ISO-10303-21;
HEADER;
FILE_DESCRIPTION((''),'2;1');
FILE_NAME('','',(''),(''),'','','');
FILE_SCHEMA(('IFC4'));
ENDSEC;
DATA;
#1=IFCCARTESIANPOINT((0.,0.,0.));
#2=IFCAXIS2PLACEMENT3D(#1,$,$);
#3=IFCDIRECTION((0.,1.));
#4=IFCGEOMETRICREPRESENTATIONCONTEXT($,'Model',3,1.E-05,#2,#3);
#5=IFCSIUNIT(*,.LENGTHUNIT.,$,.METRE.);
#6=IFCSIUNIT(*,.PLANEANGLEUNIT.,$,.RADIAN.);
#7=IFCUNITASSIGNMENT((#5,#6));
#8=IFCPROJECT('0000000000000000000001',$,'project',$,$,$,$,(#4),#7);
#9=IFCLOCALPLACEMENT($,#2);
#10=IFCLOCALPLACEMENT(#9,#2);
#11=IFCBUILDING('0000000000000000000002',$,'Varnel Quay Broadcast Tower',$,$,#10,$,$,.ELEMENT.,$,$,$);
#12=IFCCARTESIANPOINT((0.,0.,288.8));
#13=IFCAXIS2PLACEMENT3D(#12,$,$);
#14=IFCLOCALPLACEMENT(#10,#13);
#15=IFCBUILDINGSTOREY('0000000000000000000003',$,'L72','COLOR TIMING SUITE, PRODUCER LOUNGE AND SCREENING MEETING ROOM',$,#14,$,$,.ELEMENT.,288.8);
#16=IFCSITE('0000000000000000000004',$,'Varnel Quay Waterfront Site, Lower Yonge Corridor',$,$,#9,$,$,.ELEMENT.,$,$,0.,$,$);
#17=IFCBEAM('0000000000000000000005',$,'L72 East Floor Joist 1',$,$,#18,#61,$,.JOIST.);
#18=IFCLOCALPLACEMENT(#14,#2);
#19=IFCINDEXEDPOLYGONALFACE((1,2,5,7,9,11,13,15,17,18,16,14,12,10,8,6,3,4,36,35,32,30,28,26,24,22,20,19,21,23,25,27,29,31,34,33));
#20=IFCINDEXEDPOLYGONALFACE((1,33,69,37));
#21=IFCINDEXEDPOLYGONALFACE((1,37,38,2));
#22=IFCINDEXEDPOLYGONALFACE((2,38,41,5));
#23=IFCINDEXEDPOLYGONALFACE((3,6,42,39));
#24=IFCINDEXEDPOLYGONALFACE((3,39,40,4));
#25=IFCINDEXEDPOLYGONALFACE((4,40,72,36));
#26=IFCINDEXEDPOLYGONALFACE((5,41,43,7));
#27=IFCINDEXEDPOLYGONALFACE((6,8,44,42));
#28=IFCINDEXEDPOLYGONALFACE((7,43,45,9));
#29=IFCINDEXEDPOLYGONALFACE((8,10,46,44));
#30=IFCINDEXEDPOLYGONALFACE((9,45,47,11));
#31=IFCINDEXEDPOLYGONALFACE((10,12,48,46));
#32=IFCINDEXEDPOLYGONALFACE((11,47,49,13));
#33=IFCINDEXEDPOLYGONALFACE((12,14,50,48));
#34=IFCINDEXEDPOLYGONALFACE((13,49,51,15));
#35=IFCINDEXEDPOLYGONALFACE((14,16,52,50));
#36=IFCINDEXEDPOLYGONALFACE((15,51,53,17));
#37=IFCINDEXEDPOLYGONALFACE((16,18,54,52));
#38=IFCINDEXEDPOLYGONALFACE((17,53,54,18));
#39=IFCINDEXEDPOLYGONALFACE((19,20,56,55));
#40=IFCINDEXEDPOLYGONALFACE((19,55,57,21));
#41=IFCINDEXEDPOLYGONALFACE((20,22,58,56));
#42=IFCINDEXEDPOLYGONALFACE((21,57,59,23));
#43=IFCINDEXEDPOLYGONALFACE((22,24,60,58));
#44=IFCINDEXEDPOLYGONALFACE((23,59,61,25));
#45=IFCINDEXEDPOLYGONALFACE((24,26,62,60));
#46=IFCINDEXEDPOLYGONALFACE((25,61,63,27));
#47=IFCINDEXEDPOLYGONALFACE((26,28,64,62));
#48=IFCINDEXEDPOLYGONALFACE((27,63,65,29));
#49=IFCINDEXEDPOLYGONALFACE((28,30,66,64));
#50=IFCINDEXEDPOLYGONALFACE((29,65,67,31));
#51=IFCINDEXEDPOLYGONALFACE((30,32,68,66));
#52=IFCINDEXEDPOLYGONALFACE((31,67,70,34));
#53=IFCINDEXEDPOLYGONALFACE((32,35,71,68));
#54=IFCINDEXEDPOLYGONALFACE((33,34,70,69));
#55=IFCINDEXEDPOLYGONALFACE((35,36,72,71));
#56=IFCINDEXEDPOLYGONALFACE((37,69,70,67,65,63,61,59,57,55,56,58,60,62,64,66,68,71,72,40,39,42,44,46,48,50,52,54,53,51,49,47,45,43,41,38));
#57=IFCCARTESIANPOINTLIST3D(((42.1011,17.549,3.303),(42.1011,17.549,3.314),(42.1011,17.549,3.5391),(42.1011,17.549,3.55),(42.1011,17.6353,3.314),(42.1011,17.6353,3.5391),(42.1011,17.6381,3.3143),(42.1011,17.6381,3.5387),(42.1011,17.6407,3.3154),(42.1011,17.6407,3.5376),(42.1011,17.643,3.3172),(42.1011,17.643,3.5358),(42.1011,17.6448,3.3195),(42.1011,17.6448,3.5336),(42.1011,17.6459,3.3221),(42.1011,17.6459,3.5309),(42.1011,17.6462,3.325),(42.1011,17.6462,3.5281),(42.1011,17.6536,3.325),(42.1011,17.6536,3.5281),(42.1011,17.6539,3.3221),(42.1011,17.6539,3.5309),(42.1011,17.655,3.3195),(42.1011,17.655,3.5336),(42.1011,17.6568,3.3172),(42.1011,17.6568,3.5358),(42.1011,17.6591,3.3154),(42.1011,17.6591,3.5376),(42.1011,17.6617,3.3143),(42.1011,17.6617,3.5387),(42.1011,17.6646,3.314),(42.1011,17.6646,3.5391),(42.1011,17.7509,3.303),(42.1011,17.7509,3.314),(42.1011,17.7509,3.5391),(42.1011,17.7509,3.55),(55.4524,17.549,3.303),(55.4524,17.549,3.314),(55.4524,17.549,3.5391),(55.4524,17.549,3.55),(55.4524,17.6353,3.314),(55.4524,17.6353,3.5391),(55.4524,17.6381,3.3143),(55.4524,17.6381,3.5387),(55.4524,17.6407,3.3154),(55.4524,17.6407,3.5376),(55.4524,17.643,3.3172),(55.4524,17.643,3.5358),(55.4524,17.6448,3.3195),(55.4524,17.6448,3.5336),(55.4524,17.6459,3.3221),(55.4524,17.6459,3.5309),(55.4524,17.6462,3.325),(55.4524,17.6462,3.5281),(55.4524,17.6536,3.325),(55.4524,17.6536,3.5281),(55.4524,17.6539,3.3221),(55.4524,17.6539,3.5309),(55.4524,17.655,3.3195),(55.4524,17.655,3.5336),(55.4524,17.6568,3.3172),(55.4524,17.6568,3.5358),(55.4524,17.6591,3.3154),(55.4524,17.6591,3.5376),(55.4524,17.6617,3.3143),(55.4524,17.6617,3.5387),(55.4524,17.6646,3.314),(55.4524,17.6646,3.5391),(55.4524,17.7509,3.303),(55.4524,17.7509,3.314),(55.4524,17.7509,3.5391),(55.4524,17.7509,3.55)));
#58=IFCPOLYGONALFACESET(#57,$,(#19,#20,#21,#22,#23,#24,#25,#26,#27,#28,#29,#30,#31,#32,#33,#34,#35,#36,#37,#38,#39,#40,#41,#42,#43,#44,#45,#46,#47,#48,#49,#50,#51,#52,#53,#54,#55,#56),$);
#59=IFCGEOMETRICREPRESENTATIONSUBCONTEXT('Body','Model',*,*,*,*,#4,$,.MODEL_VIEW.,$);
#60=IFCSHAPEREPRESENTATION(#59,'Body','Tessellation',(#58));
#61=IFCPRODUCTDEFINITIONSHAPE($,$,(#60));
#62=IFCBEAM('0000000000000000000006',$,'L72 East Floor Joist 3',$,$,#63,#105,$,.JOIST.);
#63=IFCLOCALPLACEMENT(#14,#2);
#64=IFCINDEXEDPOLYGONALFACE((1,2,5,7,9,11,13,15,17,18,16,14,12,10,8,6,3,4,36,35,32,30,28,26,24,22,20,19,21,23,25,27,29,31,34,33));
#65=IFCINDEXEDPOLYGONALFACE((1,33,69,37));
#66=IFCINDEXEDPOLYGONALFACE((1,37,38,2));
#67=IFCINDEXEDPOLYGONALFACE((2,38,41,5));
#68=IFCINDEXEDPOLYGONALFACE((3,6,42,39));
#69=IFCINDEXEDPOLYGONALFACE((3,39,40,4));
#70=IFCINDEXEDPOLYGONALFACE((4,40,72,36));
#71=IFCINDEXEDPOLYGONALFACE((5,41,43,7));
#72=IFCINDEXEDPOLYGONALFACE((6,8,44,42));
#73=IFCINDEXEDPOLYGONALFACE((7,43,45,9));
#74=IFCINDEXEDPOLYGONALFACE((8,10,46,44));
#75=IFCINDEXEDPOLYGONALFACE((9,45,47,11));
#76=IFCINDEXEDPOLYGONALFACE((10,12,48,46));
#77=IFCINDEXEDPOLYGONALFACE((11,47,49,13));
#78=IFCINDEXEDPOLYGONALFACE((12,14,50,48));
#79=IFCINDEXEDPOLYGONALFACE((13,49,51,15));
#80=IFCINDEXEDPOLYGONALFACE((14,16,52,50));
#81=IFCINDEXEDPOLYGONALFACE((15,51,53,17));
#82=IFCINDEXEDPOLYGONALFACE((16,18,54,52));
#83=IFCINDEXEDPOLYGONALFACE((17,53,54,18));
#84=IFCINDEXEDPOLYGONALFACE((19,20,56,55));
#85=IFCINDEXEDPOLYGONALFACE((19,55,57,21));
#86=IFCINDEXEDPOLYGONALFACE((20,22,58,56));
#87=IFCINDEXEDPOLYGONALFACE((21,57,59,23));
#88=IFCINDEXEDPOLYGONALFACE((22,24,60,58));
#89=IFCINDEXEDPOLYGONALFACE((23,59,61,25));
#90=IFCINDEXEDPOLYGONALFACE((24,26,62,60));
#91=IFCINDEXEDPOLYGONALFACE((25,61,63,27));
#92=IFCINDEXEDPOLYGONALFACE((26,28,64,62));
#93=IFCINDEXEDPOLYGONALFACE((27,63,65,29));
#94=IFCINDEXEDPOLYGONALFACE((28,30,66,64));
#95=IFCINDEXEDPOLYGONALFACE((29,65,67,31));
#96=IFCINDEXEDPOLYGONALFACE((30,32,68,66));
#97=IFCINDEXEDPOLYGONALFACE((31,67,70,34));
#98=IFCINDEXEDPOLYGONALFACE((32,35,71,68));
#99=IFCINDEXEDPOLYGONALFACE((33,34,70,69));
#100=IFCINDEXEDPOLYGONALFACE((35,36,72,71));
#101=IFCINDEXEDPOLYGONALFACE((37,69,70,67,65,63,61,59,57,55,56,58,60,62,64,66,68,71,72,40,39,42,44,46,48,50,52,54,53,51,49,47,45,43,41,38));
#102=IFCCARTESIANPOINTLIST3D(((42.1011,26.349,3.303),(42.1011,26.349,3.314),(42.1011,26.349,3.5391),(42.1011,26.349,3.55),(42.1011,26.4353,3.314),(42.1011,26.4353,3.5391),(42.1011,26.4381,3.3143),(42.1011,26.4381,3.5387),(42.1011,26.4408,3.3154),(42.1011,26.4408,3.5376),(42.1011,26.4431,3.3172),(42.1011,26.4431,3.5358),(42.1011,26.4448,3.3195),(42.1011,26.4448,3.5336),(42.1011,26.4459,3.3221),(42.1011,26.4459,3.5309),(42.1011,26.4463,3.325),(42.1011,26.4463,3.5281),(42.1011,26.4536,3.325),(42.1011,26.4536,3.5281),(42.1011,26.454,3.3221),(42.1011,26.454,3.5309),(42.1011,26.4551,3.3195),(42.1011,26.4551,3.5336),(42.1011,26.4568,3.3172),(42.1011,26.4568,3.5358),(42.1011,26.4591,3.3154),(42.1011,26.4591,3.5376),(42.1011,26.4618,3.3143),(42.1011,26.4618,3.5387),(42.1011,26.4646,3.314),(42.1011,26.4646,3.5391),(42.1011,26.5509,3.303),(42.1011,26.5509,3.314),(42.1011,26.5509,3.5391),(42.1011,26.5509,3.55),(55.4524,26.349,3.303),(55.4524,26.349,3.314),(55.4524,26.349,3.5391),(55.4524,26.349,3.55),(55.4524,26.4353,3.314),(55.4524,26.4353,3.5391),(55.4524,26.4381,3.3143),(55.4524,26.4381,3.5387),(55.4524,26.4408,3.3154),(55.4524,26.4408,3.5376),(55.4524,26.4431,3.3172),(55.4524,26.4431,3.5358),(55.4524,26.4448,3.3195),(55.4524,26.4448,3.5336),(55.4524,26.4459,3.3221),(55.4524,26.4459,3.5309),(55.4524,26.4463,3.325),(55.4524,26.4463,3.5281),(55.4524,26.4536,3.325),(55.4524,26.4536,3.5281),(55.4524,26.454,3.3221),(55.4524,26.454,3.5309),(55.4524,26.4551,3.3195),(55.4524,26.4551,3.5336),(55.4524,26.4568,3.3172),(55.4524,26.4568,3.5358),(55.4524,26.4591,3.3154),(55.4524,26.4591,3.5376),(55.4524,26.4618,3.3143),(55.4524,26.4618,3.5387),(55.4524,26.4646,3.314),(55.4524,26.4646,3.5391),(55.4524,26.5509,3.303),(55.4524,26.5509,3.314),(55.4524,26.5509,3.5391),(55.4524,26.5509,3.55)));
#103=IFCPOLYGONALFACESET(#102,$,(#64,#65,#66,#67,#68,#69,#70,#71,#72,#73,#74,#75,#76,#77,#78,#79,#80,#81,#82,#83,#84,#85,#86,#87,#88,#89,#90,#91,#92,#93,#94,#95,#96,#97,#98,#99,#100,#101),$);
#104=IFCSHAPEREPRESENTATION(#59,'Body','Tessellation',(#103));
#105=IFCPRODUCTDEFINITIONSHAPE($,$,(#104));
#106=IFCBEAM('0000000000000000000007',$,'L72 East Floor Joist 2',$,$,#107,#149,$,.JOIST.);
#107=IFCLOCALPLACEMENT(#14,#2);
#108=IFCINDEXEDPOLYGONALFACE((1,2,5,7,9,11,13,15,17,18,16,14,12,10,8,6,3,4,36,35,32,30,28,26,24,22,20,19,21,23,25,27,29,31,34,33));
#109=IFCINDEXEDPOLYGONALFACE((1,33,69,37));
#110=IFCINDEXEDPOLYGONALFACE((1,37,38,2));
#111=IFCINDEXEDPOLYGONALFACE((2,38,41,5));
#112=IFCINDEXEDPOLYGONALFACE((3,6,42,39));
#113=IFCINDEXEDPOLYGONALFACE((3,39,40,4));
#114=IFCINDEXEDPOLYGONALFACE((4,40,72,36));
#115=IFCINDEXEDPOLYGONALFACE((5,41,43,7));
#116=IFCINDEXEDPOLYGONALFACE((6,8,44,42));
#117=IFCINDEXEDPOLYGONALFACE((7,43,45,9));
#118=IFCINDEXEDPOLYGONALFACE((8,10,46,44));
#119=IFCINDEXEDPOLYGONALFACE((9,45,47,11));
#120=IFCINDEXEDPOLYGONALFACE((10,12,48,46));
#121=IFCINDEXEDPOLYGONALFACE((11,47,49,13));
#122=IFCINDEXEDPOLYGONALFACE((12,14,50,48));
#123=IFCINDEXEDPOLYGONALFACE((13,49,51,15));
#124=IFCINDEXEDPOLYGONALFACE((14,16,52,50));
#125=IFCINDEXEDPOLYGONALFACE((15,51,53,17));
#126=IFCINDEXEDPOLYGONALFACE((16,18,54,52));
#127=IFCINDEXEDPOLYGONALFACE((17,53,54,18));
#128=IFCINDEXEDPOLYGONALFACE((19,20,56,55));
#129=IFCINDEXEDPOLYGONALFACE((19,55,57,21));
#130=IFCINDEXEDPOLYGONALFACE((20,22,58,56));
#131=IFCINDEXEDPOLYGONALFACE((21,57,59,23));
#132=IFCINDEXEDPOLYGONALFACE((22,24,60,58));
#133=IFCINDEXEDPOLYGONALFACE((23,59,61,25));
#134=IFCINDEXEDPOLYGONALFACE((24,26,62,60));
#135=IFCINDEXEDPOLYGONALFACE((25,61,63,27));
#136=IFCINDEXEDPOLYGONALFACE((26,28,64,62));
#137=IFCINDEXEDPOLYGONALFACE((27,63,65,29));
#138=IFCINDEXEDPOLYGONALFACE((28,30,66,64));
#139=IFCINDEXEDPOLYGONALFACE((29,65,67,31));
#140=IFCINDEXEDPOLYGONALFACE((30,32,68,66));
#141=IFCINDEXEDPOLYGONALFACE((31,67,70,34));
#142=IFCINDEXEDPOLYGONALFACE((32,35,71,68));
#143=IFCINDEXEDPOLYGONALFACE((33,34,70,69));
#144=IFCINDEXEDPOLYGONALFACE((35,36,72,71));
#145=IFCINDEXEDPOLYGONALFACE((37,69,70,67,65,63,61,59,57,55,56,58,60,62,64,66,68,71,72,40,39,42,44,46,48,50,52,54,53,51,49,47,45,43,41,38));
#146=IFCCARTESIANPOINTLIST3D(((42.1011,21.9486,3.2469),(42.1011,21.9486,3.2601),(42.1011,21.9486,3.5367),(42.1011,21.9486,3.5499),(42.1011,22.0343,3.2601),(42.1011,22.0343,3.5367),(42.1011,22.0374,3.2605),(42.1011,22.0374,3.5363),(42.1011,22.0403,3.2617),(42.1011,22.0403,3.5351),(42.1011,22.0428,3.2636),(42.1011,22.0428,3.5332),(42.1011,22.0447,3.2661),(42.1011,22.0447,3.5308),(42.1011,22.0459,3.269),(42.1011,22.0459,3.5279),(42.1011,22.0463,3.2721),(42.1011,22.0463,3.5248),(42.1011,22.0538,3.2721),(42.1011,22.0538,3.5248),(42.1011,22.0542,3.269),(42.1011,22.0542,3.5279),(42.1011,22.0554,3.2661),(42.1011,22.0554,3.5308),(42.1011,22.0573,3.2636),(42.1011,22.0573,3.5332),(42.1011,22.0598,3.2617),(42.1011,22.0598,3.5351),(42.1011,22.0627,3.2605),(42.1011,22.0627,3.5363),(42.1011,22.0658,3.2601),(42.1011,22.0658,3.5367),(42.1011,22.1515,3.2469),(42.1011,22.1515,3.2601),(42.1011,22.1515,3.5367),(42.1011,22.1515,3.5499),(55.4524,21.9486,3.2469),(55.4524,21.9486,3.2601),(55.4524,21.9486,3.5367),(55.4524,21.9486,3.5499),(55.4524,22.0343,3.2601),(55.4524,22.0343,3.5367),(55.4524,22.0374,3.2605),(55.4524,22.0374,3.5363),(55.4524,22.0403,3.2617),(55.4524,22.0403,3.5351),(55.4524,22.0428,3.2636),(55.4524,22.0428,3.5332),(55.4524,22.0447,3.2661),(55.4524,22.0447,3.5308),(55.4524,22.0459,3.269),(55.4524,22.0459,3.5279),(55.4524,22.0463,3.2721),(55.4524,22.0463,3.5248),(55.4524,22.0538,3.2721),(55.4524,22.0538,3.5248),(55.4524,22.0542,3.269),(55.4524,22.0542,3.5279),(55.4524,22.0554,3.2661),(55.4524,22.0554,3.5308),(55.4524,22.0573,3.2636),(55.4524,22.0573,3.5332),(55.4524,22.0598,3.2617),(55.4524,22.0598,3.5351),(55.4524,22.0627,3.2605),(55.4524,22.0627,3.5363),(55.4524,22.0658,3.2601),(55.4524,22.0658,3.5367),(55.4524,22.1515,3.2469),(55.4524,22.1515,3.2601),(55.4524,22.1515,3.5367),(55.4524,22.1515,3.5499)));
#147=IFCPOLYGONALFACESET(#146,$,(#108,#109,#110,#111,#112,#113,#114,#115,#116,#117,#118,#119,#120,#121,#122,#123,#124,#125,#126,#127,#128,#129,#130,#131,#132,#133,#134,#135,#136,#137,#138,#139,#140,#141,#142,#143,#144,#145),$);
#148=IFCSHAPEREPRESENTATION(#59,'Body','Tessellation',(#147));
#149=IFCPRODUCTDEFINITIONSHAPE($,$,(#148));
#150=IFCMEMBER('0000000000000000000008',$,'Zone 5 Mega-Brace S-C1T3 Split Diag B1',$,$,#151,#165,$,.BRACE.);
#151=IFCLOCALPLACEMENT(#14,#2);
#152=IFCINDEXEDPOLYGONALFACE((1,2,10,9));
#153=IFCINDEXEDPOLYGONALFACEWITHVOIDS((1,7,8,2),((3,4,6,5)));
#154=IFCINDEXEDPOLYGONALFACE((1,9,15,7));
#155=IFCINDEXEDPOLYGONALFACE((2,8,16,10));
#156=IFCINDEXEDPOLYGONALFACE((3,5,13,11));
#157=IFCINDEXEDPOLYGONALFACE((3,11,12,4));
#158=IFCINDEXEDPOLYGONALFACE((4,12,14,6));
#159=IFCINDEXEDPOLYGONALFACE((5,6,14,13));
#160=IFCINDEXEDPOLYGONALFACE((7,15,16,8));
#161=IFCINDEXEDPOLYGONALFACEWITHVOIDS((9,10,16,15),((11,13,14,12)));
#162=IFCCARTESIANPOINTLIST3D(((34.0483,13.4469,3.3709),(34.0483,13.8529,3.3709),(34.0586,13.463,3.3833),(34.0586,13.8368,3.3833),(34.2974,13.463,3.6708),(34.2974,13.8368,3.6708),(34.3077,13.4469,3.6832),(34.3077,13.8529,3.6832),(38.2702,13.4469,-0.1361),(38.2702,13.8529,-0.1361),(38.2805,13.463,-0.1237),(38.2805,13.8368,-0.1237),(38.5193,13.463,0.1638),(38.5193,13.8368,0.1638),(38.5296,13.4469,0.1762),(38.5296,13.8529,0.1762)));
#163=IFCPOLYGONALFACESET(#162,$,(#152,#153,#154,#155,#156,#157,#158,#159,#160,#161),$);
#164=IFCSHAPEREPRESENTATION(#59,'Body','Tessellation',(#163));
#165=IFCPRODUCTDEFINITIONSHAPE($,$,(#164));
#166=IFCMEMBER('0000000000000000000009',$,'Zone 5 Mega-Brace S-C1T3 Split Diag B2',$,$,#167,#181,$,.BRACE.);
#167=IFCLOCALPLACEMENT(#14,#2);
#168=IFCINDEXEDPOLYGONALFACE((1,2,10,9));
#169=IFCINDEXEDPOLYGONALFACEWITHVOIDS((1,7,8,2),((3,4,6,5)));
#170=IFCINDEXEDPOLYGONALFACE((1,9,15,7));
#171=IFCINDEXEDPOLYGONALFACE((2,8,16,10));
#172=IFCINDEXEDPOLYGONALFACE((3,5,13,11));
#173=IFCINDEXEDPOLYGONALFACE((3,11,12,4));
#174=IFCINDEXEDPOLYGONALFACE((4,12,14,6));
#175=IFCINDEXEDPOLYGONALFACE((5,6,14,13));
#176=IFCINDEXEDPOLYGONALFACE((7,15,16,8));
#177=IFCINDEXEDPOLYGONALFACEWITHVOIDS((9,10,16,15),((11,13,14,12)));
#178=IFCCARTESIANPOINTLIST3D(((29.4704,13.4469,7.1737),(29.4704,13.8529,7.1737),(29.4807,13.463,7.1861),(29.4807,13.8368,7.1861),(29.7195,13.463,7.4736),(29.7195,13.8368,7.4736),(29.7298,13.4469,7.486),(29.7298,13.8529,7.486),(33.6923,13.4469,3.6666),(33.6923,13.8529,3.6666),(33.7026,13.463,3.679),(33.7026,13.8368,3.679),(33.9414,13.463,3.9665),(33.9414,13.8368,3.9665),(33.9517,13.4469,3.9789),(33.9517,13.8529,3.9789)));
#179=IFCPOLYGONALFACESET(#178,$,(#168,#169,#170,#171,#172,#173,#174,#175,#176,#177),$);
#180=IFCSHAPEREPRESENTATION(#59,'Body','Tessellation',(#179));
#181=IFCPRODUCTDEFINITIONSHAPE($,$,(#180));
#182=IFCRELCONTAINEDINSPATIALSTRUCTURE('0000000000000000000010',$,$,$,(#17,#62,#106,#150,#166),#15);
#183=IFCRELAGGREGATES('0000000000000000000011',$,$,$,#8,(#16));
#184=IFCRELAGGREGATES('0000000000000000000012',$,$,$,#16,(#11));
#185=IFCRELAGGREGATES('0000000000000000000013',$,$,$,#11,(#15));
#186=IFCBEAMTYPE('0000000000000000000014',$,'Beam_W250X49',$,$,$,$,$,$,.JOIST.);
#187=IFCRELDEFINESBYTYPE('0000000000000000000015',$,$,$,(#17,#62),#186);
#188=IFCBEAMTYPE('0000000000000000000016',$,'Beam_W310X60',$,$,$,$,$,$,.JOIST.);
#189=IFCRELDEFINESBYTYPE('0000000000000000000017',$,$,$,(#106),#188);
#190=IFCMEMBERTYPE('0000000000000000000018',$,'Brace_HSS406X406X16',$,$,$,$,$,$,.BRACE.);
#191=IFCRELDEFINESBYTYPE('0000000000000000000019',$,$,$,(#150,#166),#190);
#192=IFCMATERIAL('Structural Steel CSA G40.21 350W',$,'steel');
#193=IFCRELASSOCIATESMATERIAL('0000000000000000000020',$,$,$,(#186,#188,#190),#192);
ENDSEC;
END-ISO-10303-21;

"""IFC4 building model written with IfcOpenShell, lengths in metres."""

from ifc_helpers import new_model, si_unit, direction, frame, origin, origin_2d, place, context, subcontext, project, spatial, hollow_rectangle, i_section, extrude, source, transform, mapped, material, material_profile, profile_set, type_object, type_shapes, element, save


model = new_model("IFC4")

# Units and contexts
model_context = context("Model", 3, precision=1e-05, world=origin(), true_north=direction((0.0, 1.0)))
body_context = subcontext(model_context, "Body", "Model", "MODEL_VIEW")
ifc_project = project(units=[si_unit("LENGTHUNIT", "METRE"), si_unit("PLANEANGLEUNIT", "RADIAN")], contexts=[model_context])

# Site, building, storey
site_placement = place(None, origin())
site = spatial("IfcSite", under=ifc_project, at=site_placement, Name="Varnel Quay Waterfront Site, Lower Yonge Corridor", CompositionType="ELEMENT", RefElevation=0.0)
building_placement = place(site_placement, origin())
building = spatial("IfcBuilding", under=site, at=building_placement, Name="Varnel Quay Broadcast Tower", CompositionType="ELEMENT")
storey_placement = place(building_placement, frame((0.0, 0.0, 288.8)))
storey = spatial("IfcBuildingStorey", under=building, at=storey_placement, Name="L72", Description="COLOR TIMING SUITE, PRODUCER LOUNGE AND SCREENING MEETING ROOM", CompositionType="ELEMENT", Elevation=288.8)

# Shared definitions
ifc_material_1 = material(Name="Structural Steel CSA G40.21 350W", Category="steel")

# Beams
ifc_material_profile_1 = material_profile(ifc_material_1, i_section(OverallWidth=0.2019, OverallDepth=0.2471, WebThickness=0.0073, FlangeThickness=0.011, FilletRadius=0.011, at=origin_2d()), Name="W250X49")
ifc_profile_set_1 = profile_set([ifc_material_profile_1], Name="Structural Steel CSA G40.21 350W")
beam_type_1 = type_object("IfcBeamType", Name="Beam_W250X49", PredefinedType="JOIST", material=ifc_profile_set_1)
shared_shape_1 = source(origin(), body_context, "Body", "SweptSolid", [
    extrude(i_section(OverallWidth=0.2019, OverallDepth=0.2471, WebThickness=0.0073, FlangeThickness=0.011, FilletRadius=0.011, at=origin_2d()), origin(), (0.0, 0.0, 1.0), 13.3513),
])
type_shapes(beam_type_1, [shared_shape_1])
for number, where, z_axis, x_axis, name in (
    (1, (42.1011, 17.6499, 3.4265), (1.0, 0.0, 0.0), (0.0, 1.0, 0.0), "L72 East Floor Joist 1"),
    (2, (42.1011, 26.45, 3.4265), (1.0, 0.0, 0.0), (0.0, 1.0, 0.0), "L72 East Floor Joist 3"),
):
    element("IfcBeam", number, at=place(storey_placement, frame(where, z_axis=z_axis, x_axis=x_axis)), inside=storey, type_object=beam_type_1, Name=name, PredefinedType="JOIST", context=body_context, shape_type="MappedRepresentation", body=[
        mapped(shared_shape_1, transform((0.0, 0.0, 0.0), x_axis=(1.0, 0.0, 0.0), y_axis=(0.0, 1.0, 0.0), z_axis=(0.0, 0.0, 1.0), scale=1.0)),
    ])
ifc_material_profile_2 = material_profile(ifc_material_1, i_section(OverallWidth=0.2029, OverallDepth=0.303, WebThickness=0.0076, FlangeThickness=0.0132, FilletRadius=0.012, at=origin_2d()), Name="W310X60")
ifc_profile_set_2 = profile_set([ifc_material_profile_2], Name="Structural Steel CSA G40.21 350W")
beam_type_2 = type_object("IfcBeamType", Name="Beam_W310X60", PredefinedType="JOIST", material=ifc_profile_set_2)
shared_shape_2 = source(origin(), body_context, "Body", "SweptSolid", [
    extrude(i_section(OverallWidth=0.2029, OverallDepth=0.303, WebThickness=0.0076, FlangeThickness=0.0132, FilletRadius=0.012, at=origin_2d()), origin(), (0.0, 0.0, 1.0), 13.3513),
])
type_shapes(beam_type_2, [shared_shape_2])
beam_1_placement = place(storey_placement, frame((42.1011, 22.05, 3.3984), z_axis=(1.0, 0.0, 0.0), x_axis=(0.0, 1.0, 0.0)))
element("IfcBeam", 3, at=beam_1_placement, inside=storey, type_object=beam_type_2, Name="L72 East Floor Joist 2", PredefinedType="JOIST", context=body_context, shape_type="MappedRepresentation", body=[
    mapped(shared_shape_2, transform((0.0, 0.0, 0.0), x_axis=(1.0, 0.0, 0.0), y_axis=(0.0, 1.0, 0.0), z_axis=(0.0, 0.0, 1.0), scale=1.0)),
])

# Members
ifc_material_profile_3 = material_profile(ifc_material_1, hollow_rectangle(XDim=0.406, YDim=0.406, WallThickness=0.0161, at=origin_2d()), Name="HSS406X406X16")
ifc_profile_set_3 = profile_set([ifc_material_profile_3], Name="Structural Steel CSA G40.21 350W")
member_type_1 = type_object("IfcMemberType", Name="Brace_HSS406X406X16", PredefinedType="BRACE", material=ifc_profile_set_3)
shared_shape_3 = source(origin(), body_context, "Body", "SweptSolid", [
    extrude(hollow_rectangle(XDim=0.406, YDim=0.406, WallThickness=0.0161, at=origin_2d()), origin(), (0.0, 0.0, 1.0), 5.4885),
])
type_shapes(member_type_1, [shared_shape_3])
for number, where, z_axis, x_axis, name in (
    (4, (38.3999, 13.6499, 0.02), (-0.769223, 0.0, 0.63898), (0.0, -1.0, 0.0), "Zone 5 Mega-Brace S-C1T3 Split Diag B1"),
    (5, (33.822, 13.6499, 3.8228), (-0.769223, 0.0, 0.63898), (0.0, -1.0, 0.0), "Zone 5 Mega-Brace S-C1T3 Split Diag B2"),
):
    element("IfcMember", number, at=place(storey_placement, frame(where, z_axis=z_axis, x_axis=x_axis)), inside=storey, type_object=member_type_1, Name=name, PredefinedType="BRACE", context=body_context, shape_type="MappedRepresentation", body=[
        mapped(shared_shape_3, transform((0.0, 0.0, 0.0), x_axis=(1.0, 0.0, 0.0), y_axis=(0.0, 1.0, 0.0), z_axis=(0.0, 0.0, 1.0), scale=1.0)),
    ])

save(model, "model.ifc")
